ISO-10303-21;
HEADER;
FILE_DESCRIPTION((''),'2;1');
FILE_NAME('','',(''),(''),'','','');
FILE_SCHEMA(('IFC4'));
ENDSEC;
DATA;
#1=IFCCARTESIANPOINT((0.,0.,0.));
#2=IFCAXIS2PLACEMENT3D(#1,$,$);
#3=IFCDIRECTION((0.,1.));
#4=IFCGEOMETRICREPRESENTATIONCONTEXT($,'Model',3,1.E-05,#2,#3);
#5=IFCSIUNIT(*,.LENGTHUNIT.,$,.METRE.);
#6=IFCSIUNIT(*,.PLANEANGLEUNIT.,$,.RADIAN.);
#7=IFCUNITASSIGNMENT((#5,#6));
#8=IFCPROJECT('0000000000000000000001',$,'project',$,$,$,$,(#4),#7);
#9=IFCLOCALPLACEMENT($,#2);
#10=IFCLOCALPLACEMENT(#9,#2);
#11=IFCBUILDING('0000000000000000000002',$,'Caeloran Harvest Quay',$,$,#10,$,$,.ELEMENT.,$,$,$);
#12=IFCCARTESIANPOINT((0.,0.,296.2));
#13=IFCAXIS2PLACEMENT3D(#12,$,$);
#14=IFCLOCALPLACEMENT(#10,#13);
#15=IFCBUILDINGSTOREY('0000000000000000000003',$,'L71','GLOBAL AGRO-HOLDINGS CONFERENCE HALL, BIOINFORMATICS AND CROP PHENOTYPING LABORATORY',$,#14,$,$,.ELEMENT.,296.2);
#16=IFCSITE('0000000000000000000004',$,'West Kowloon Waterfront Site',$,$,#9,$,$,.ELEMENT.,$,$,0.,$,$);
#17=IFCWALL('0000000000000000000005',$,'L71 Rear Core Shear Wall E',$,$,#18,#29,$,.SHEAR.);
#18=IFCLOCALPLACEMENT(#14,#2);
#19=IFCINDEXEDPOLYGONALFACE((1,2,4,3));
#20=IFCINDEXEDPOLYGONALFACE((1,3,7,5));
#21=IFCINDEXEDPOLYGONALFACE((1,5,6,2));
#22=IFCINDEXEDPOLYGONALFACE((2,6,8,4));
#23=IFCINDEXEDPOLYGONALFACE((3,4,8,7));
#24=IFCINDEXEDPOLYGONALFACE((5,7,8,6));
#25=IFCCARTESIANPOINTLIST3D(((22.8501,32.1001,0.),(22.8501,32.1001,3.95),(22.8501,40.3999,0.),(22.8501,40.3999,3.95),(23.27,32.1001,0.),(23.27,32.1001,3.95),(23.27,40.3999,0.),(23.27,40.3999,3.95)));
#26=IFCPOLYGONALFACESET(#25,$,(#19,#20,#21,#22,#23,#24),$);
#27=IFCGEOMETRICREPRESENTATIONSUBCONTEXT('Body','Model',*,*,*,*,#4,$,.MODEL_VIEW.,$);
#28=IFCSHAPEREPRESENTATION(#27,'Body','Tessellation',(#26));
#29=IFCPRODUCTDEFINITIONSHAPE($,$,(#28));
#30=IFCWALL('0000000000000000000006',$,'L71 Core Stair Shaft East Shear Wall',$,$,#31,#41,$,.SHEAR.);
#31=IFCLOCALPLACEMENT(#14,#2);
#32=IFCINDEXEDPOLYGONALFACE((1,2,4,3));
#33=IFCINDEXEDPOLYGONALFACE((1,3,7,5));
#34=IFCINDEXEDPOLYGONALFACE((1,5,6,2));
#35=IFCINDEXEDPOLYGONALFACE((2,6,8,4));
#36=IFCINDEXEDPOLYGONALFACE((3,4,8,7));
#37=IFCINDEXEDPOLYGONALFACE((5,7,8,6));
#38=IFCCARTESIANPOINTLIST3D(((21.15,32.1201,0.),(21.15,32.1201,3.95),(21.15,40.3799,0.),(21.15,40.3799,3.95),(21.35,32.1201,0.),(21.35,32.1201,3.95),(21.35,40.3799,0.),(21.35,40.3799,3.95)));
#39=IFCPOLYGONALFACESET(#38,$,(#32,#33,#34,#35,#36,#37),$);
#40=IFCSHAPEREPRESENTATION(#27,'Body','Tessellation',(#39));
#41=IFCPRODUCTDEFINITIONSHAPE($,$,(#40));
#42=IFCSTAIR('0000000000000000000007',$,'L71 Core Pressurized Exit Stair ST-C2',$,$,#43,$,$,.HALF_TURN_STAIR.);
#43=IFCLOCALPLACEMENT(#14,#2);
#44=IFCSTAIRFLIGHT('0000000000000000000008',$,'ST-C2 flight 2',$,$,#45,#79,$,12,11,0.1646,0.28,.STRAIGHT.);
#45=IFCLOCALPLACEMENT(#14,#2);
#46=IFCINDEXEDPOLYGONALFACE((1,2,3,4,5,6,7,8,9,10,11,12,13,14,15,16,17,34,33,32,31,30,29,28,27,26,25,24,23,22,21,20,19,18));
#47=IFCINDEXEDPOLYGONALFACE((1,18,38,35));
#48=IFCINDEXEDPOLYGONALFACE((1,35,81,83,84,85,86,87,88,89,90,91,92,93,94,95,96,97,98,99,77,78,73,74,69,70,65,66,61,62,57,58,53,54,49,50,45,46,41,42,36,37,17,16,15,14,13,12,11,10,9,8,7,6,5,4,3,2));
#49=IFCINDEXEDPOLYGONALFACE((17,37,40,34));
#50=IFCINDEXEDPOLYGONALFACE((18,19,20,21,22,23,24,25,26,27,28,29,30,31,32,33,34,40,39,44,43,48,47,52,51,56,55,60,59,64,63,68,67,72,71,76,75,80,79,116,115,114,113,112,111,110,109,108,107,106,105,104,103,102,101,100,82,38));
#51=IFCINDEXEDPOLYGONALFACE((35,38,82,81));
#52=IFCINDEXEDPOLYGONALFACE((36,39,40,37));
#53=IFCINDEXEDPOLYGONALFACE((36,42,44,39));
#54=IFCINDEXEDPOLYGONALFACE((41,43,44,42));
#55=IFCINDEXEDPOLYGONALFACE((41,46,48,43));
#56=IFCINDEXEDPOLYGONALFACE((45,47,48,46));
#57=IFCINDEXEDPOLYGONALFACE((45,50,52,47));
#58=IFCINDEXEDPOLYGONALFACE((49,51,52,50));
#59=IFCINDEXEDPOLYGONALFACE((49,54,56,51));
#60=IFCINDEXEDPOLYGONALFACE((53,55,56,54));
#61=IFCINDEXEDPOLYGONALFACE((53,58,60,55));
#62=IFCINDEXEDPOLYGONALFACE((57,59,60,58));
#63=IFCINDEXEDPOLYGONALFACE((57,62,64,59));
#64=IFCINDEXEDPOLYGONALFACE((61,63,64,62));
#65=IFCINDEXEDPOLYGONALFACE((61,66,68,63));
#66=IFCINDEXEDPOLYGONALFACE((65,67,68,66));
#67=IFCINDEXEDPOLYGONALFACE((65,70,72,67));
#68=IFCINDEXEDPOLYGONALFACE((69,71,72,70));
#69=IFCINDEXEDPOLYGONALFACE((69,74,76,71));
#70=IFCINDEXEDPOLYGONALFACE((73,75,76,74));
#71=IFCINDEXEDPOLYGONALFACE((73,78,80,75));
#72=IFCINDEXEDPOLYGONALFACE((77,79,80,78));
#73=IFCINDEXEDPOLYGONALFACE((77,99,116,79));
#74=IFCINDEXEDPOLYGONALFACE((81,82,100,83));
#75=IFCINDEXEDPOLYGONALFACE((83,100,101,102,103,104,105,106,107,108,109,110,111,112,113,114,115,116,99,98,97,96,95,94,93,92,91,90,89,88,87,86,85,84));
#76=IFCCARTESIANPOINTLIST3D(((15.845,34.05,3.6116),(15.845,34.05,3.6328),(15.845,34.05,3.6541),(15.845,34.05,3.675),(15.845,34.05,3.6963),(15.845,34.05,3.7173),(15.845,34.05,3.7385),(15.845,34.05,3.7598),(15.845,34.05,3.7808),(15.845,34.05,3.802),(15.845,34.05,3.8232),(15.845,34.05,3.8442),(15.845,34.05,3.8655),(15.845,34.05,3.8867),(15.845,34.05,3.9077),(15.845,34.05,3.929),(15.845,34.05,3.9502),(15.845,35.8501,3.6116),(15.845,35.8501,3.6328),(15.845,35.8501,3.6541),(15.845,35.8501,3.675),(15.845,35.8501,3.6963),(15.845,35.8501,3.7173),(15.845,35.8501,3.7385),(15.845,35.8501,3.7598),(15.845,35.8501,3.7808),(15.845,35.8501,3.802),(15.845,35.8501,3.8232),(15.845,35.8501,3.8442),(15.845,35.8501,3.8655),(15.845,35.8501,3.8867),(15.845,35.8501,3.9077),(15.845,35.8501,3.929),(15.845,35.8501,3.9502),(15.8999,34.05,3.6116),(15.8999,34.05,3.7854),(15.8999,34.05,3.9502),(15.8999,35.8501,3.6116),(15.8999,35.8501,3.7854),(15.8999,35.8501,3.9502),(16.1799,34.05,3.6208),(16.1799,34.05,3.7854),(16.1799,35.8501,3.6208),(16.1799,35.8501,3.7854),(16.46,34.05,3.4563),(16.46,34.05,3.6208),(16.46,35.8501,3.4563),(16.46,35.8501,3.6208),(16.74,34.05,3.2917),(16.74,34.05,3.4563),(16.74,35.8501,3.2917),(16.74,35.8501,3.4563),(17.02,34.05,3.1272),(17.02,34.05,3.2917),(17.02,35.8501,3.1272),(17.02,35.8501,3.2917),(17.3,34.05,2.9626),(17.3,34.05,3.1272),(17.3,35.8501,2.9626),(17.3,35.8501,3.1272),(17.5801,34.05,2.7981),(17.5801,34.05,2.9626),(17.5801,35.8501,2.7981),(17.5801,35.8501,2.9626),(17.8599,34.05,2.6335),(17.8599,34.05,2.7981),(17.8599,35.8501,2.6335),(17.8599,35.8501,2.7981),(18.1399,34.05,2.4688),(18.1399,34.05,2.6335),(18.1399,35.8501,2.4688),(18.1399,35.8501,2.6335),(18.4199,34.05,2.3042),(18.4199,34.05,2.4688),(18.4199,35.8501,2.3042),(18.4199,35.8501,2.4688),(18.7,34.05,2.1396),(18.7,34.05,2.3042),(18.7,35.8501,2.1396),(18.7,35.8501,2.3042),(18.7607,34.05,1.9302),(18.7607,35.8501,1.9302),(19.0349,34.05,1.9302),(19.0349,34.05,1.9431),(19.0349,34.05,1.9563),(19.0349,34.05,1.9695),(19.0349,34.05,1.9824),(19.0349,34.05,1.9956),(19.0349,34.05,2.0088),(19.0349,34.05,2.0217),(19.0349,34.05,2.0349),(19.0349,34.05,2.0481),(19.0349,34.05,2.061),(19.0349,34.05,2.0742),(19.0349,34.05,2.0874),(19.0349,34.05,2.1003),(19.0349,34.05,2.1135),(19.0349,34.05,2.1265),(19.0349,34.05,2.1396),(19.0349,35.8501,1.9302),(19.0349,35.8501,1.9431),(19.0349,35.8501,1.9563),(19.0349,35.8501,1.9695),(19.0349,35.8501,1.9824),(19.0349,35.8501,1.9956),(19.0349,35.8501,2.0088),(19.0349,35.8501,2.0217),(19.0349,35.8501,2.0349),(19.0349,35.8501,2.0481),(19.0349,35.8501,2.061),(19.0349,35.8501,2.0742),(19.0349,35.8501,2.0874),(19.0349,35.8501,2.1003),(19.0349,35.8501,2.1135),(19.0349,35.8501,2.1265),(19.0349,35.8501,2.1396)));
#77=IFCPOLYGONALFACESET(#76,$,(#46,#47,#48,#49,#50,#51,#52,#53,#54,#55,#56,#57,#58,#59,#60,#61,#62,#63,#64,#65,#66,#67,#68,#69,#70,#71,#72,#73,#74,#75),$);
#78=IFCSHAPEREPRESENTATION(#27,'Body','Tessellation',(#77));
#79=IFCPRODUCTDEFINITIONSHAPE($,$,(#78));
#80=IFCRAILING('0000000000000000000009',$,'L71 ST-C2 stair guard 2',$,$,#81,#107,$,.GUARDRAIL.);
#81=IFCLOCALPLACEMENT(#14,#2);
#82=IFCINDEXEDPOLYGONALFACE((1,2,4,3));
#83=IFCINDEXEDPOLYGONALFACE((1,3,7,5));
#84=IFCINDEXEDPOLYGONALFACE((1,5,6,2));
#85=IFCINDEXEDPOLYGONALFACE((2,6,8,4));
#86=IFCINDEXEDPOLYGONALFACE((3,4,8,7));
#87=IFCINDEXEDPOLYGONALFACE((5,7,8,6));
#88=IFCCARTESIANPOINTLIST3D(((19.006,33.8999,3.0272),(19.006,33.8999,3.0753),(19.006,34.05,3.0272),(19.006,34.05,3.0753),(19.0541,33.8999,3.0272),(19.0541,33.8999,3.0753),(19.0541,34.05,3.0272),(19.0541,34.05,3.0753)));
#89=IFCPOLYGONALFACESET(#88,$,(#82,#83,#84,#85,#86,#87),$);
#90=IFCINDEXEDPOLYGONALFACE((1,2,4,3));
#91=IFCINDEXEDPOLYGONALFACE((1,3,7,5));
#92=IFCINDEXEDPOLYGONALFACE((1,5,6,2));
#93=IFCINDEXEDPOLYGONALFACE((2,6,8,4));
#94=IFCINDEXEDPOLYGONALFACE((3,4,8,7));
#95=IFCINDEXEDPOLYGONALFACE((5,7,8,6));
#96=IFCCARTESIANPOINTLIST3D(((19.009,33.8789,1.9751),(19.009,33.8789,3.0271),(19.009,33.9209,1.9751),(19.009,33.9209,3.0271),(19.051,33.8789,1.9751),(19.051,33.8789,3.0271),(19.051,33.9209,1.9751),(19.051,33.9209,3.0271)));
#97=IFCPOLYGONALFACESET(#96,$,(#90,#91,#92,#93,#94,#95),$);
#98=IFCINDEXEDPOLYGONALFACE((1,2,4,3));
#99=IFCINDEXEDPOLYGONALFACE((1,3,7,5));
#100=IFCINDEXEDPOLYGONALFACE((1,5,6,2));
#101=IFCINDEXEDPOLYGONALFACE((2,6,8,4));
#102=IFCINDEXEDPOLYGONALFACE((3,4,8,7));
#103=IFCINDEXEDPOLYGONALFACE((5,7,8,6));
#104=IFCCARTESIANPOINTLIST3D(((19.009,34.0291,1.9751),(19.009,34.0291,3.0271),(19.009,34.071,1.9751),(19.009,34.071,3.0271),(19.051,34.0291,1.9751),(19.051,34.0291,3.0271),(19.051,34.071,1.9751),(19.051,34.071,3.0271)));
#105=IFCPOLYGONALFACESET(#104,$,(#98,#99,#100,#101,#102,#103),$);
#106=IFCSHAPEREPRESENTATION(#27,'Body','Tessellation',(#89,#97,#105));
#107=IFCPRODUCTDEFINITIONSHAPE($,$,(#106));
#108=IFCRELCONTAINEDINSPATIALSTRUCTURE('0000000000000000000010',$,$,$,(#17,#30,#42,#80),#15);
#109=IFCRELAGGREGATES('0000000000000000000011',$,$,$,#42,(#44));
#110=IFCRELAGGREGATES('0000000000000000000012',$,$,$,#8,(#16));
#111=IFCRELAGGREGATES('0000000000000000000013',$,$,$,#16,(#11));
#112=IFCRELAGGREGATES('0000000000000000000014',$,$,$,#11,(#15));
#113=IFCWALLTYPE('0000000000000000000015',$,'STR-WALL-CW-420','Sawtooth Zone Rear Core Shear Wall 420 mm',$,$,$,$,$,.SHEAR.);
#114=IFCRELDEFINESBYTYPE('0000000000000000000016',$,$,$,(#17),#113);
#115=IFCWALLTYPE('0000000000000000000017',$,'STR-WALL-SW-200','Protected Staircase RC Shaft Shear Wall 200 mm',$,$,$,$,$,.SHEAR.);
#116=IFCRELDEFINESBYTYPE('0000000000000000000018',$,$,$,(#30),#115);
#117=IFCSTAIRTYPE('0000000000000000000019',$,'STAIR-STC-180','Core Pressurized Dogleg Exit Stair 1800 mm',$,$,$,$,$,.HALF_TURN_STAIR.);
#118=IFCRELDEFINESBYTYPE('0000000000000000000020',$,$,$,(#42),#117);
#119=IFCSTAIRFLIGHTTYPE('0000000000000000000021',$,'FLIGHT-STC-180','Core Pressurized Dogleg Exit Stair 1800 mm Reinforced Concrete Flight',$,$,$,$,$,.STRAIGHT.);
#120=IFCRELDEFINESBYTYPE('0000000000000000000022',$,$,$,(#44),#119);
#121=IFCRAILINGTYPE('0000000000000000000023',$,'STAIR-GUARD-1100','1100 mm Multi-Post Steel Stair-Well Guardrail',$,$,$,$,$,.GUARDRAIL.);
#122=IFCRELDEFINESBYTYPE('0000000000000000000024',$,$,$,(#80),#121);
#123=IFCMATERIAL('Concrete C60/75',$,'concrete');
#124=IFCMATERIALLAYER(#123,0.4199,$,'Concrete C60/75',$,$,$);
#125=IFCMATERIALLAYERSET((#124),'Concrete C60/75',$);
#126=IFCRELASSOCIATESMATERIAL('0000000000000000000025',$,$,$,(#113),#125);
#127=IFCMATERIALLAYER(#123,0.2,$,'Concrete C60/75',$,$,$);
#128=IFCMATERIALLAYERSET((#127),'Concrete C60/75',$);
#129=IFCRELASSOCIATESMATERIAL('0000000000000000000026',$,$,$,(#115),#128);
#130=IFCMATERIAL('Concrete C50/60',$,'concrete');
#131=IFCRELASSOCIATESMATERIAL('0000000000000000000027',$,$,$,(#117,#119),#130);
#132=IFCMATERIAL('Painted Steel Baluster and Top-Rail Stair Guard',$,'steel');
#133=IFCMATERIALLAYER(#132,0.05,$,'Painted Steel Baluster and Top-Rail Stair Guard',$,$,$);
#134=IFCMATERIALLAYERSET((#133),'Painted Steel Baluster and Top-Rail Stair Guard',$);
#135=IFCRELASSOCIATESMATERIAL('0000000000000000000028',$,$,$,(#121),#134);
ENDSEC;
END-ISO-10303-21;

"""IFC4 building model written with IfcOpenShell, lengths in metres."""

from ifc_helpers import new_model, si_unit, direction, frame, frame_2d, origin, origin_2d, place, context, subcontext, project, spatial, polyline, rectangle, outline, extrude, material, layer, layer_set, type_object, element, aggregate, save


model = new_model("IFC4")

# Units and contexts
model_context = context("Model", 3, precision=1e-05, world=origin(), true_north=direction((0.0, 1.0)))
body_context = subcontext(model_context, "Body", "Model", "MODEL_VIEW")
ifc_project = project(units=[si_unit("LENGTHUNIT", "METRE"), si_unit("PLANEANGLEUNIT", "RADIAN")], contexts=[model_context])

# Site, building, storey
site_placement = place(None, origin())
site = spatial("IfcSite", under=ifc_project, at=site_placement, Name="West Kowloon Waterfront Site", CompositionType="ELEMENT", RefElevation=0.0)
building_placement = place(site_placement, origin())
building = spatial("IfcBuilding", under=site, at=building_placement, Name="Caeloran Harvest Quay", CompositionType="ELEMENT")
storey_placement = place(building_placement, frame((0.0, 0.0, 296.2)))
storey = spatial("IfcBuildingStorey", under=building, at=storey_placement, Name="L71", Description="GLOBAL AGRO-HOLDINGS CONFERENCE HALL, BIOINFORMATICS AND CROP PHENOTYPING LABORATORY", CompositionType="ELEMENT", Elevation=296.2)

# Shared definitions
ifc_material_1 = material(Name="Concrete C60/75", Category="concrete")

# Walls
ifc_layer_1 = layer(ifc_material_1, 0.4199, Name="Concrete C60/75")
ifc_layer_set_1 = layer_set([ifc_layer_1], Name="Concrete C60/75")
wall_type_1 = type_object("IfcWallType", Name="STR-WALL-CW-420", Description="Sawtooth Zone Rear Core Shear Wall 420 mm", PredefinedType="SHEAR", material=ifc_layer_set_1)
wall_1_placement = place(storey_placement, frame((23.0601, 32.1001, 0.0), z_axis=(0.0, 0.0, 1.0), x_axis=(0.0, 1.0, 0.0)))
element("IfcWall", 1, at=wall_1_placement, inside=storey, type_object=wall_type_1, Name="L71 Rear Core Shear Wall E", PredefinedType="SHEAR", context=body_context, shape_type="SweptSolid", body=[
    extrude(rectangle(XDim=8.2998, YDim=0.4199, at=frame_2d((4.1499, 0.0))), origin(), (0.0, 0.0, 1.0), 3.95),
])
ifc_layer_2 = layer(ifc_material_1, 0.2, Name="Concrete C60/75")
ifc_layer_set_2 = layer_set([ifc_layer_2], Name="Concrete C60/75")
wall_type_2 = type_object("IfcWallType", Name="STR-WALL-SW-200", Description="Protected Staircase RC Shaft Shear Wall 200 mm", PredefinedType="SHEAR", material=ifc_layer_set_2)
wall_2_placement = place(storey_placement, frame((21.25, 32.1201, 0.0), z_axis=(0.0, 0.0, 1.0), x_axis=(0.0, 1.0, 0.0)))
element("IfcWall", 2, at=wall_2_placement, inside=storey, type_object=wall_type_2, Name="L71 Core Stair Shaft East Shear Wall", PredefinedType="SHEAR", context=body_context, shape_type="SweptSolid", body=[
    extrude(rectangle(XDim=8.2598, YDim=0.2, at=frame_2d((4.1299, 0.0))), origin(), (0.0, 0.0, 1.0), 3.95),
])

# Stair, stair flight
ifc_material_2 = material(Name="Concrete C50/60", Category="concrete")
stair_type = type_object("IfcStairType", Name="STAIR-STC-180", Description="Core Pressurized Dogleg Exit Stair 1800 mm", PredefinedType="HALF_TURN_STAIR", material=ifc_material_2)
stair_placement = place(storey_placement, origin())
stair = element("IfcStair", 3, at=stair_placement, inside=storey, type_object=stair_type, Name="L71 Core Pressurized Exit Stair ST-C2", PredefinedType="HALF_TURN_STAIR")
stair_flight_type = type_object("IfcStairFlightType", Name="FLIGHT-STC-180", Description="Core Pressurized Dogleg Exit Stair 1800 mm Reinforced Concrete Flight", PredefinedType="STRAIGHT", material=ifc_material_2)
stair_flight_placement = place(storey_placement, frame((18.98, 34.95, 1.9751), z_axis=(0.0, 0.0, 1.0), x_axis=(-1.0, 0.0, 0.0)))
stair_flight = element("IfcStairFlight", 4, at=stair_flight_placement, type_object=stair_flight_type, Name="ST-C2 flight 2", NumberOfRisers=12, NumberOfTreads=11, PredefinedType="STRAIGHT", RiserHeight=0.1646, TreadLength=0.28, context=body_context, shape_type="SweptSolid", body=[
    extrude(outline(polyline([(-0.0549, -0.0449), (-0.0549, -0.032), (-0.0549, -0.0188), (-0.0549, -0.0056), (-0.0549, 0.0073), (-0.0549, 0.0205), (-0.0549, 0.0337), (-0.0549, 0.0466), (-0.0549, 0.0598), (-0.0549, 0.073), (-0.0549, 0.0859), (-0.0549, 0.0991), (-0.0549, 0.1123), (-0.0549, 0.1252), (-0.0549, 0.1384), (-0.0549, 0.1514), (-0.0549, 0.1646), (0.28, 0.1646), (0.28, 0.3291), (0.5601, 0.3291), (0.5601, 0.4937), (0.8401, 0.4937), (0.8401, 0.6584), (1.1201, 0.6584), (1.1201, 0.823), (1.3999, 0.823), (1.3999, 0.9875), (1.6799, 0.9875), (1.6799, 1.1521), (1.96, 1.1521), (1.96, 1.3167), (2.24, 1.3167), (2.24, 1.4812), (2.52, 1.4812), (2.52, 1.6458), (2.8, 1.6458), (2.8, 1.8103), (3.0801, 1.8103), (3.0801, 1.9751), (3.135, 1.9751), (3.135, 1.9539), (3.135, 1.9326), (3.135, 1.9116), (3.135, 1.8904), (3.135, 1.8691), (3.135, 1.8481), (3.135, 1.8269), (3.135, 1.8057), (3.135, 1.7847), (3.135, 1.7634), (3.135, 1.7422), (3.135, 1.7212), (3.135, 1.7), (3.135, 1.679), (3.135, 1.6577), (3.135, 1.6365), (3.0801, 1.6365), (0.2192, -0.0449), (-0.0549, -0.0449)])), frame((0.0, 0.8999, 0.0), z_axis=(0.0, -1.0, 0.0), x_axis=(1.0, 0.0, 0.0)), (0.0, 0.0, 1.0), 1.8),
])
aggregate(stair, [stair_flight])

# Railing
ifc_material_3 = material(Name="Painted Steel Baluster and Top-Rail Stair Guard", Category="steel")
ifc_layer_3 = layer(ifc_material_3, 0.05, Name="Painted Steel Baluster and Top-Rail Stair Guard")
ifc_layer_set_3 = layer_set([ifc_layer_3], Name="Painted Steel Baluster and Top-Rail Stair Guard")
railing_type = type_object("IfcRailingType", Name="STAIR-GUARD-1100", Description="1100 mm Multi-Post Steel Stair-Well Guardrail", PredefinedType="GUARDRAIL", material=ifc_layer_set_3)
railing_placement = place(storey_placement, frame((19.03, 33.8999, 1.9751)))
element("IfcRailing", 5, at=railing_placement, inside=storey, type_object=railing_type, Name="L71 ST-C2 stair guard 2", PredefinedType="GUARDRAIL", context=body_context, shape_type="SweptSolid", body=[
    extrude(rectangle(XDim=0.0481, YDim=0.0481, at=origin_2d()), frame((0.0, 0.0, 1.0762), z_axis=(0.0, 1.0, 0.0), x_axis=(-1.0, 0.0, 0.0)), (0.0, 0.0, 1.0), 0.1501),
    extrude(rectangle(XDim=0.042, YDim=0.042, at=origin_2d()), origin(), (0.0, 0.0, 1.0), 1.052),
    extrude(rectangle(XDim=0.042, YDim=0.042, at=origin_2d()), frame((0.0, 0.1501, 0.0)), (0.0, 0.0, 1.0), 1.052),
])

save(model, "model.ifc")
